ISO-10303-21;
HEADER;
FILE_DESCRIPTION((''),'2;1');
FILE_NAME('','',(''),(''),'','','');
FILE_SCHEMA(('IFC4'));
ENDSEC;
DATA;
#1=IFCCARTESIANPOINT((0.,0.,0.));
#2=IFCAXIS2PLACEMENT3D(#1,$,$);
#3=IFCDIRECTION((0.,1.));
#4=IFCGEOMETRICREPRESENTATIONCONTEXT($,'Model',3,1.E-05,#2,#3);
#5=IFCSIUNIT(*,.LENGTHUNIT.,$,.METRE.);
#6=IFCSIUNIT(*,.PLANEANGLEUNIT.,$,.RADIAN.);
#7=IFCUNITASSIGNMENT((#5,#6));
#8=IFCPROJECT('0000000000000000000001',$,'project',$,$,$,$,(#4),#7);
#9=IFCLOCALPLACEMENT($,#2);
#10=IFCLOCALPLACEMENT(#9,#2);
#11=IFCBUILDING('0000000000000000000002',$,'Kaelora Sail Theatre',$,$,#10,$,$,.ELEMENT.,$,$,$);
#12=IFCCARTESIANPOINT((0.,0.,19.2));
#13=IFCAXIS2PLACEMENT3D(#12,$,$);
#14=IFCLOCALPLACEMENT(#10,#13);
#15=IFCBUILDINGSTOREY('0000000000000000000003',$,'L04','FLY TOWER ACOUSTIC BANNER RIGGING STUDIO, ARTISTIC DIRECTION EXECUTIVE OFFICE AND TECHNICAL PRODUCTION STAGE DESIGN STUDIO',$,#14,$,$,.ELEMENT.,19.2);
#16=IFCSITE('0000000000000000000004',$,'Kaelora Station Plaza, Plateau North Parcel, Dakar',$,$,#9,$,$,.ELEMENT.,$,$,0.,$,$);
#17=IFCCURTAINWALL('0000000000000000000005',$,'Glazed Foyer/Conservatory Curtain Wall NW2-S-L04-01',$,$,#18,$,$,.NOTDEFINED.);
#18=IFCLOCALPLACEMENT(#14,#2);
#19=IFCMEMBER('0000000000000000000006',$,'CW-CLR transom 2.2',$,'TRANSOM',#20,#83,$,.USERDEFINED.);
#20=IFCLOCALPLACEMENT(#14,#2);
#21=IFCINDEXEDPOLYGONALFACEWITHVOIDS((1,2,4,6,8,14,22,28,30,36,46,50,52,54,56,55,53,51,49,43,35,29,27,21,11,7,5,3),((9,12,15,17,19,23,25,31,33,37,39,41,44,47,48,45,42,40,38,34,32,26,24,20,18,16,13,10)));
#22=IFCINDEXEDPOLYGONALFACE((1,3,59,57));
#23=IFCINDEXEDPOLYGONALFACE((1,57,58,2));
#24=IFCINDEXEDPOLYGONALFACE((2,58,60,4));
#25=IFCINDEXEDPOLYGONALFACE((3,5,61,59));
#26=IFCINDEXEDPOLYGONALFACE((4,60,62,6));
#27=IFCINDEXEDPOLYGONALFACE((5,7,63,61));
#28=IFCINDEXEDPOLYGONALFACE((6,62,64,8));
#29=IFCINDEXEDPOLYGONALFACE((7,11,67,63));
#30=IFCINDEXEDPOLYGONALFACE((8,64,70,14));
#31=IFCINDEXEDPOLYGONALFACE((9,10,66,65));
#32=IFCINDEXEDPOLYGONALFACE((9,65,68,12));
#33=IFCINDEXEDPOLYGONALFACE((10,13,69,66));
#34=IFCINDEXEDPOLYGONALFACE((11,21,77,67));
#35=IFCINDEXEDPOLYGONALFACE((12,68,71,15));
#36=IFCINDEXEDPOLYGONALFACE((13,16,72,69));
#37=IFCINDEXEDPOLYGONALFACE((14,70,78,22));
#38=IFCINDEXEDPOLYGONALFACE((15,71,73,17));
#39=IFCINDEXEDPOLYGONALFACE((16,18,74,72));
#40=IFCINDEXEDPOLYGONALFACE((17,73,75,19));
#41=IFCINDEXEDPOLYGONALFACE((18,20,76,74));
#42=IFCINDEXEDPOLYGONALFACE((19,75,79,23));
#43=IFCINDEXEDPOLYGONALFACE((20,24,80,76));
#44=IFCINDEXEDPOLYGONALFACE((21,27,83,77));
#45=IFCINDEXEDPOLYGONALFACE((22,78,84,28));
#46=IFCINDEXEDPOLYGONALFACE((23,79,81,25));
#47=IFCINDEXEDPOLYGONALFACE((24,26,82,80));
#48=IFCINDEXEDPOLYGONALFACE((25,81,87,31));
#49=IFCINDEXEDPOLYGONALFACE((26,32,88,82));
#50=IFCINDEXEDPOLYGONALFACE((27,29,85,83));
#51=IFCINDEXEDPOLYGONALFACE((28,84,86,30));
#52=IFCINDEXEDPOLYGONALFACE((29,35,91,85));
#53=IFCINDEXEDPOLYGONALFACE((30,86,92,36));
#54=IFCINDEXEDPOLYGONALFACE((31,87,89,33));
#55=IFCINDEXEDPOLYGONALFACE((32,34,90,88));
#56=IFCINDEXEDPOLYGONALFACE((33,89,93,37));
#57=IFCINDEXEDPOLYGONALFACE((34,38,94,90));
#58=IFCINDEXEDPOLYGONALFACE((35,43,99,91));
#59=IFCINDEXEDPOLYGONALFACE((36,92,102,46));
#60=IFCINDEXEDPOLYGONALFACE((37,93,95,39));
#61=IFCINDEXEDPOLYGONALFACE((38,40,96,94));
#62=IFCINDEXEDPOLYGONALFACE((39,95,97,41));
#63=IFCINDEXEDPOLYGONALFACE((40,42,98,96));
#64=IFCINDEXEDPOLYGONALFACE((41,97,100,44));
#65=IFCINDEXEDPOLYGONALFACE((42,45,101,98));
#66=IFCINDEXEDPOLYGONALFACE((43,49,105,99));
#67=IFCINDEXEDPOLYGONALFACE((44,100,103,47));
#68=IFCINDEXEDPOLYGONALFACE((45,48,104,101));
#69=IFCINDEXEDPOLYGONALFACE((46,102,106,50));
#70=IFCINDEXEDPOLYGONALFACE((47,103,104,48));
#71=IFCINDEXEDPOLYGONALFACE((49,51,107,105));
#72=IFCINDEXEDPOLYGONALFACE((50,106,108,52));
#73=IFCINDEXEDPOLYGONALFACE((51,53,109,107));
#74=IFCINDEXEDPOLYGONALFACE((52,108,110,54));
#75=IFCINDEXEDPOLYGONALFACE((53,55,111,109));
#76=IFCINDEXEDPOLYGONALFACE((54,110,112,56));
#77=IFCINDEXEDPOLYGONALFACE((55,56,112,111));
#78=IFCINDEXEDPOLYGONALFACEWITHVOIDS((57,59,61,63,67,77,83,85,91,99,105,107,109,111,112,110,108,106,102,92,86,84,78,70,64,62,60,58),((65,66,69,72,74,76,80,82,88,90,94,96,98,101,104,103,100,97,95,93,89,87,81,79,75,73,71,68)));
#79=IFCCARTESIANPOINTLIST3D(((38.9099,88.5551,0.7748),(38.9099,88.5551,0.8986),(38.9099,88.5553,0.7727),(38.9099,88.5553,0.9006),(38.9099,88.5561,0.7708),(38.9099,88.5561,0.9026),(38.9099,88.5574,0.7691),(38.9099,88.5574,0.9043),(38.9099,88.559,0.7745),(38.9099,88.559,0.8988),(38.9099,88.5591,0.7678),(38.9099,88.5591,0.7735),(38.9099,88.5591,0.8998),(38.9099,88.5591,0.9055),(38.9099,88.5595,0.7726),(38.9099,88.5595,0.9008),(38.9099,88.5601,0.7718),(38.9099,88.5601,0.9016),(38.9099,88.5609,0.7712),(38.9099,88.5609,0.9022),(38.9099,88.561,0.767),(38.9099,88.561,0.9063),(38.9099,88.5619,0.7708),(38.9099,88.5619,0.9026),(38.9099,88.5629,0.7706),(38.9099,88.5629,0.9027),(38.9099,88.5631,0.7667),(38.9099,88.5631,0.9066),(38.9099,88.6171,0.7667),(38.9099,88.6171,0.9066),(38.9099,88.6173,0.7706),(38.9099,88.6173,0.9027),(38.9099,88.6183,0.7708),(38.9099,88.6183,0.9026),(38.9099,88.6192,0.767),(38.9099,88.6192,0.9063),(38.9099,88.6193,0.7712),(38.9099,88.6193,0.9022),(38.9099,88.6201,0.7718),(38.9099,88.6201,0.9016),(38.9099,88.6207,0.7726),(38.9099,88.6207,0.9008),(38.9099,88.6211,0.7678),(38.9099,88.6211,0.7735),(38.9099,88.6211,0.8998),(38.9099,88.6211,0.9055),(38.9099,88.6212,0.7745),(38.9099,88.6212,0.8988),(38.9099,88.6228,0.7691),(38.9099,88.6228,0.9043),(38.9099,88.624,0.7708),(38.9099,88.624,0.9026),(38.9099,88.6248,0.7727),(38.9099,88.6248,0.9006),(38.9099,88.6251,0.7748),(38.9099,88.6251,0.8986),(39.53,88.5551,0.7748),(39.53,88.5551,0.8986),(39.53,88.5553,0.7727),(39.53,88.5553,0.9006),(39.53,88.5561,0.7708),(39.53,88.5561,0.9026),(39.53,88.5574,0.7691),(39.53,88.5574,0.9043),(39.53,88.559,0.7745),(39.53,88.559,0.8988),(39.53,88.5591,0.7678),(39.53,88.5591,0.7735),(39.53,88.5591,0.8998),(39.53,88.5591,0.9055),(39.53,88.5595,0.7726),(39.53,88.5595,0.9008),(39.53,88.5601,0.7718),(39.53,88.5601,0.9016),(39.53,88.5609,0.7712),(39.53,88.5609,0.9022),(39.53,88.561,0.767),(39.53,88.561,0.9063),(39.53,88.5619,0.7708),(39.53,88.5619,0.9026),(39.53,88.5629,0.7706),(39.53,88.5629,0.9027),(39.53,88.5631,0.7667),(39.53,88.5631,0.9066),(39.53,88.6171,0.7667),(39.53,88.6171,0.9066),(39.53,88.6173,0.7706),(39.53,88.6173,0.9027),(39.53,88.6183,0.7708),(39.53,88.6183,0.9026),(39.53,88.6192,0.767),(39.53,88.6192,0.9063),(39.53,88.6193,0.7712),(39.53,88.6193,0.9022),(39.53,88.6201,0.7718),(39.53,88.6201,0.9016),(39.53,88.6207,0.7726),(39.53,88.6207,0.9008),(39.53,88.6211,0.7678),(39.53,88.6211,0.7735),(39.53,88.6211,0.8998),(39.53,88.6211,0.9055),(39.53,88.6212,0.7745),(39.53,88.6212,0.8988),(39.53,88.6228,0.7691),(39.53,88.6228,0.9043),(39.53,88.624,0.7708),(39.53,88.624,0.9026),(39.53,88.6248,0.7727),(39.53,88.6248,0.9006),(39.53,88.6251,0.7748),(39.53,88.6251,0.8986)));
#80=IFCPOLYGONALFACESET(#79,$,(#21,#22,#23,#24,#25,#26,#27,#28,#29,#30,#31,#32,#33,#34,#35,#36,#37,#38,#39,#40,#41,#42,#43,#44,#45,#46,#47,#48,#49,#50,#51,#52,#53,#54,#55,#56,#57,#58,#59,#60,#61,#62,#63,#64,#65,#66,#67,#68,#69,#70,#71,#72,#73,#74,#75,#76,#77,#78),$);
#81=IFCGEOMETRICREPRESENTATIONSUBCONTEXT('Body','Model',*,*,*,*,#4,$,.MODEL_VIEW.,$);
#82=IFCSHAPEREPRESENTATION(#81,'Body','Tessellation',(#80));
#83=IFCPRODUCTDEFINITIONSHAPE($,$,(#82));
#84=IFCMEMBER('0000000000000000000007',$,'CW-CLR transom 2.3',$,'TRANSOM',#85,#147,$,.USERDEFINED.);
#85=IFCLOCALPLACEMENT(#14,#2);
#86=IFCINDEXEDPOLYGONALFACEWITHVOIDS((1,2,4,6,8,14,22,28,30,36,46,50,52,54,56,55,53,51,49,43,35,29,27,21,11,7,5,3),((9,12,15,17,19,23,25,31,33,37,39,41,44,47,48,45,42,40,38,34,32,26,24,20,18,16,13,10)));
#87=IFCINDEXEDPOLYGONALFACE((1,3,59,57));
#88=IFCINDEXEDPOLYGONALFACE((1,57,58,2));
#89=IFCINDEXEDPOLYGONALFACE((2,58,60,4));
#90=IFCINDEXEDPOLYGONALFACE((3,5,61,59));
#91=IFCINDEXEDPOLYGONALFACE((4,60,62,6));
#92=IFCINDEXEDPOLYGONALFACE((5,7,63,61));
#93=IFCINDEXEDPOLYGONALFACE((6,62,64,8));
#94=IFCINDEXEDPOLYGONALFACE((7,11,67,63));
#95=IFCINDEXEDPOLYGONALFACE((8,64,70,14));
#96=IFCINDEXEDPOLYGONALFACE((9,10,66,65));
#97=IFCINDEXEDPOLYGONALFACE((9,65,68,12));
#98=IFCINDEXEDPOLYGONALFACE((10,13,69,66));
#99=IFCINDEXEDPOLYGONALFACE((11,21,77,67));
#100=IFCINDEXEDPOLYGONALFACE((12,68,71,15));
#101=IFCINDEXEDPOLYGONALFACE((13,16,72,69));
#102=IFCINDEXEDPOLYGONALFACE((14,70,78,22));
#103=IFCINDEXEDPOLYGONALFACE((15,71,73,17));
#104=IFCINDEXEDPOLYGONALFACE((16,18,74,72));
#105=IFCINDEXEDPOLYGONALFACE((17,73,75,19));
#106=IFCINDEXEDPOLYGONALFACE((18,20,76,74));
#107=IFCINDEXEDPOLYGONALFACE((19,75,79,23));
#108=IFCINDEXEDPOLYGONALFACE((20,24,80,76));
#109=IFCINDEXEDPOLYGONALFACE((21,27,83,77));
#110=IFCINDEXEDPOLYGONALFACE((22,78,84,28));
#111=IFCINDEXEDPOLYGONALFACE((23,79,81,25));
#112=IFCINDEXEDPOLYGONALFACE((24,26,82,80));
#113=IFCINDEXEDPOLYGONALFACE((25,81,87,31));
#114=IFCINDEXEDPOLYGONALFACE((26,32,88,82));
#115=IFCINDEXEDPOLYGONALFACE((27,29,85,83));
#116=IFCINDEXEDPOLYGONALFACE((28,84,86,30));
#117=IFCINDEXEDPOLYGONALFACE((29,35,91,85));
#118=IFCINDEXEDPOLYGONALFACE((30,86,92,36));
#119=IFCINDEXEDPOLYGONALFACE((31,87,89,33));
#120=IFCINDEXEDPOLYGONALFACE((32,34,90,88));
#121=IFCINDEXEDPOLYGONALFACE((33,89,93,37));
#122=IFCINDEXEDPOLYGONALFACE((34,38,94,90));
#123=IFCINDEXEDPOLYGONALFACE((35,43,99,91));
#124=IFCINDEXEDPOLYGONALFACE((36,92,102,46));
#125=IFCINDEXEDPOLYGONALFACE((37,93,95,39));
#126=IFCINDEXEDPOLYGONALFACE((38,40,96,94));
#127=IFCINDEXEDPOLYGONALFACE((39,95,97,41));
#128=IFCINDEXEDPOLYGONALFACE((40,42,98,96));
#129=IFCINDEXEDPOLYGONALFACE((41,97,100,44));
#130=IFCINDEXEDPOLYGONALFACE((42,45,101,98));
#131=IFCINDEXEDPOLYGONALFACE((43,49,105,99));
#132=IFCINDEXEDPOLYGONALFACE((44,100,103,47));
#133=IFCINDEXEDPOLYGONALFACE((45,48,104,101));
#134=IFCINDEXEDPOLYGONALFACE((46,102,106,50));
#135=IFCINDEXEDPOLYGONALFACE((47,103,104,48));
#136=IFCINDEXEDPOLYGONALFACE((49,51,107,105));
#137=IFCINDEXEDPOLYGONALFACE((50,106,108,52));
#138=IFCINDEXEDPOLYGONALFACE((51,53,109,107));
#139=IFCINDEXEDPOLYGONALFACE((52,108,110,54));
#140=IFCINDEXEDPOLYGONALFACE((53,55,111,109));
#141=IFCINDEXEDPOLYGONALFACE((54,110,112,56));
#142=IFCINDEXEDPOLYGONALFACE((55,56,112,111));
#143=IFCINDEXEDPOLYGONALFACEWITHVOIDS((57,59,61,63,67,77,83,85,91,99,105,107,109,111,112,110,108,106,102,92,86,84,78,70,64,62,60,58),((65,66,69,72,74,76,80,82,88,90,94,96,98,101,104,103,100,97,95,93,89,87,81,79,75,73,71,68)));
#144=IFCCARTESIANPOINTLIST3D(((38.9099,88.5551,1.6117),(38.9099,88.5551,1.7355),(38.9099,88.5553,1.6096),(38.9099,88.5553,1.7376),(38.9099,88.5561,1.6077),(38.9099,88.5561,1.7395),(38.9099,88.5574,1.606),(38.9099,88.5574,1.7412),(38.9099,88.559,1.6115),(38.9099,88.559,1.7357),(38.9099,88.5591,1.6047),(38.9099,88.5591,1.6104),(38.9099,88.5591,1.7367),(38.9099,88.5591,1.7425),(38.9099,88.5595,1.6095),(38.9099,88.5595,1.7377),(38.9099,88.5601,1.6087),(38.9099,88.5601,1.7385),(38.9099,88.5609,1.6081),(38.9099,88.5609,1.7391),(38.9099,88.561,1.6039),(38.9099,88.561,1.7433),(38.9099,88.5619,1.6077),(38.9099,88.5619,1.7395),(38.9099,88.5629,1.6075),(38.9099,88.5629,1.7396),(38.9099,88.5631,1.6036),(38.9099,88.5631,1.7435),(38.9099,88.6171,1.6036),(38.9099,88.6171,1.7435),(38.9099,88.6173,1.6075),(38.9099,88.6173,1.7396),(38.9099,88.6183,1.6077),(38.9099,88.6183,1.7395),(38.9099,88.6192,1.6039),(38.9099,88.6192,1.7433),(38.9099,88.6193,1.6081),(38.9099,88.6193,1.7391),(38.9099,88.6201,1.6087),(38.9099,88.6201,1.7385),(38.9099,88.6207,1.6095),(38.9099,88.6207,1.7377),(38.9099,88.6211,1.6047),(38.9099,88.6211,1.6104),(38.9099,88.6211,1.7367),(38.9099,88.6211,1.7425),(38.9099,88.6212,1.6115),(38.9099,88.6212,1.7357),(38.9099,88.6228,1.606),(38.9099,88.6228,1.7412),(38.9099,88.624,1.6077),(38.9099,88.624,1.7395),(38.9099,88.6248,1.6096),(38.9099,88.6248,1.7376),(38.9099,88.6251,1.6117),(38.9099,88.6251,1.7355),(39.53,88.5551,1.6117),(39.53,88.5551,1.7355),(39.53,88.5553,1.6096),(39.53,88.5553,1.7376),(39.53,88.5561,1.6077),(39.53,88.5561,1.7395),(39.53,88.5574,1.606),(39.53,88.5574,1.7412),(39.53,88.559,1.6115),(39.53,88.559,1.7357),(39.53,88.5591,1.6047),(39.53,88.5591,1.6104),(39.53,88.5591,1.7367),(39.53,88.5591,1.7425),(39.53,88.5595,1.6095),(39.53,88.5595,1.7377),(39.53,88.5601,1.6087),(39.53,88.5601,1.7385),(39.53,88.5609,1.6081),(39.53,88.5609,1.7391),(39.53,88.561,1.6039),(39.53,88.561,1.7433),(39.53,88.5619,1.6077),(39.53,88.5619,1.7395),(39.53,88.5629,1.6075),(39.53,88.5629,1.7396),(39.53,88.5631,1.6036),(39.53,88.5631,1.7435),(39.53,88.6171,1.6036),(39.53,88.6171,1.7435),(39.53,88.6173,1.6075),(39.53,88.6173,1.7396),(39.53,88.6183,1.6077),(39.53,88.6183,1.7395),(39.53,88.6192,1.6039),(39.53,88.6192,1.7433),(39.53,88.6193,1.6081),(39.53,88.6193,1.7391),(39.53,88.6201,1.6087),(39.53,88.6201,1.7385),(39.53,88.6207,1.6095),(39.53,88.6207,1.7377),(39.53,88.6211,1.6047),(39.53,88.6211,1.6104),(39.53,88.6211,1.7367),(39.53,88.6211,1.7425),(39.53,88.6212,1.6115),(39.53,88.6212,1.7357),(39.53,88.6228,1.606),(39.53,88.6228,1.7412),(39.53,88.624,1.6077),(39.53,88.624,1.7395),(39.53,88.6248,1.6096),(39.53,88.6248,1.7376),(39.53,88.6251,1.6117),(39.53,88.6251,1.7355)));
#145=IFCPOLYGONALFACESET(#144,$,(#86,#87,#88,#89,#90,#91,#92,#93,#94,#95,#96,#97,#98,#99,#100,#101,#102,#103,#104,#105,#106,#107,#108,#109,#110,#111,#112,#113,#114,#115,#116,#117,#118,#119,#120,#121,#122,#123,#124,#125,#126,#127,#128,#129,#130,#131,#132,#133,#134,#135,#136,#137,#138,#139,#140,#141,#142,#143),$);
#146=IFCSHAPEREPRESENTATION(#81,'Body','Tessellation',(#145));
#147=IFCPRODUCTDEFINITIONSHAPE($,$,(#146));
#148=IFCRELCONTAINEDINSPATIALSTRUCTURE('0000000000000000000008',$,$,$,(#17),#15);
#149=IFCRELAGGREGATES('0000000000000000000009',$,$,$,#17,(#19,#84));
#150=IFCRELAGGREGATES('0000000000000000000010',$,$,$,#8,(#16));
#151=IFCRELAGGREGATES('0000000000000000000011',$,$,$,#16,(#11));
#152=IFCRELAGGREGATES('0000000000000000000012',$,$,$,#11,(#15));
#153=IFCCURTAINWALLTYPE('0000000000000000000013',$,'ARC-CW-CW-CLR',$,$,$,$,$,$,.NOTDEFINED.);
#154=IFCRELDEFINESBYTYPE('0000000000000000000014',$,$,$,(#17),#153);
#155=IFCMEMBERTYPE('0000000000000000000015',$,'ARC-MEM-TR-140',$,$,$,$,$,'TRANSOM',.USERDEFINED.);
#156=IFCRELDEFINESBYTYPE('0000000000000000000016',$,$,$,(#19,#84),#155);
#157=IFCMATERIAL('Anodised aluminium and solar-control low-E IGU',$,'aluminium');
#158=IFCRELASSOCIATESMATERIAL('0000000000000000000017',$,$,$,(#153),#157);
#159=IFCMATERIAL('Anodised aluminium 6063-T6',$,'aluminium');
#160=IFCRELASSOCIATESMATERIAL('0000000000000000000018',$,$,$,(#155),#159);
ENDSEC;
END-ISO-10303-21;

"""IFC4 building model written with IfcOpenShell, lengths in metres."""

from ifc_helpers import new_model, si_unit, direction, frame, origin, origin_2d, place, context, subcontext, project, spatial, hollow_rectangle, extrude, material, material_profile, profile_set, type_object, element, aggregate, save


model = new_model("IFC4")

# Units and contexts
model_context = context("Model", 3, precision=1e-05, world=origin(), true_north=direction((0.0, 1.0)))
body_context = subcontext(model_context, "Body", "Model", "MODEL_VIEW")
ifc_project = project(units=[si_unit("LENGTHUNIT", "METRE"), si_unit("PLANEANGLEUNIT", "RADIAN")], contexts=[model_context])

# Site, building, storey
site_placement = place(None, origin())
site = spatial("IfcSite", under=ifc_project, at=site_placement, Name="Kaelora Station Plaza, Plateau North Parcel, Dakar", CompositionType="ELEMENT", RefElevation=0.0)
building_placement = place(site_placement, origin())
building = spatial("IfcBuilding", under=site, at=building_placement, Name="Kaelora Sail Theatre", CompositionType="ELEMENT")
storey_placement = place(building_placement, frame((0.0, 0.0, 19.2)))
storey = spatial("IfcBuildingStorey", under=building, at=storey_placement, Name="L04", Description="FLY TOWER ACOUSTIC BANNER RIGGING STUDIO, ARTISTIC DIRECTION EXECUTIVE OFFICE AND TECHNICAL PRODUCTION STAGE DESIGN STUDIO", CompositionType="ELEMENT", Elevation=19.2)

# Curtain wall, members
ifc_material_1 = material(Name="Anodised aluminium and solar-control low-E IGU", Category="aluminium")
curtain_wall_type = type_object("IfcCurtainWallType", Name="ARC-CW-CW-CLR", PredefinedType="NOTDEFINED", material=ifc_material_1)
curtain_wall_placement = place(storey_placement, origin())
curtain_wall = element("IfcCurtainWall", 1, at=curtain_wall_placement, inside=storey, type_object=curtain_wall_type, Name="Glazed Foyer/Conservatory Curtain Wall NW2-S-L04-01", PredefinedType="NOTDEFINED")
ifc_material_2 = material(Name="Anodised aluminium 6063-T6", Category="aluminium")
ifc_material_profile_1 = material_profile(ifc_material_2, hollow_rectangle(XDim=0.0701, YDim=0.1399, WallThickness=0.0039, InnerFilletRadius=0.0039, OuterFilletRadius=0.0081, at=origin_2d()), Name="ALU-TRAN 70x140x4")
ifc_profile_set_1 = profile_set([ifc_material_profile_1], Name="Anodised aluminium 6063-T6")
member_type_1 = type_object("IfcMemberType", Name="ARC-MEM-TR-140", ElementType="TRANSOM", PredefinedType="USERDEFINED", material=ifc_profile_set_1)
member_1_placement = place(storey_placement, frame((38.9099, 88.5901, 0.8367), z_axis=(1.0, 0.0, 0.0), x_axis=(0.0, 1.0, 0.0)))
member_1 = element("IfcMember", 2, at=member_1_placement, type_object=member_type_1, Name="CW-CLR transom 2.2", ObjectType="TRANSOM", PredefinedType="USERDEFINED", context=body_context, shape_type="SweptSolid", body=[
    extrude(hollow_rectangle(XDim=0.0701, YDim=0.1399, WallThickness=0.0039, InnerFilletRadius=0.0039, OuterFilletRadius=0.0081, at=origin_2d()), origin(), (0.0, 0.0, 1.0), 0.6201),
])
member_2_placement = place(storey_placement, frame((38.9099, 88.5901, 1.6736), z_axis=(1.0, 0.0, 0.0), x_axis=(0.0, 1.0, 0.0)))
member_2 = element("IfcMember", 3, at=member_2_placement, type_object=member_type_1, Name="CW-CLR transom 2.3", ObjectType="TRANSOM", PredefinedType="USERDEFINED", context=body_context, shape_type="SweptSolid", body=[
    extrude(hollow_rectangle(XDim=0.0701, YDim=0.1399, WallThickness=0.0039, InnerFilletRadius=0.0039, OuterFilletRadius=0.0081, at=origin_2d()), origin(), (0.0, 0.0, 1.0), 0.6201),
])
aggregate(curtain_wall, [member_1, member_2])

save(model, "model.ifc")
